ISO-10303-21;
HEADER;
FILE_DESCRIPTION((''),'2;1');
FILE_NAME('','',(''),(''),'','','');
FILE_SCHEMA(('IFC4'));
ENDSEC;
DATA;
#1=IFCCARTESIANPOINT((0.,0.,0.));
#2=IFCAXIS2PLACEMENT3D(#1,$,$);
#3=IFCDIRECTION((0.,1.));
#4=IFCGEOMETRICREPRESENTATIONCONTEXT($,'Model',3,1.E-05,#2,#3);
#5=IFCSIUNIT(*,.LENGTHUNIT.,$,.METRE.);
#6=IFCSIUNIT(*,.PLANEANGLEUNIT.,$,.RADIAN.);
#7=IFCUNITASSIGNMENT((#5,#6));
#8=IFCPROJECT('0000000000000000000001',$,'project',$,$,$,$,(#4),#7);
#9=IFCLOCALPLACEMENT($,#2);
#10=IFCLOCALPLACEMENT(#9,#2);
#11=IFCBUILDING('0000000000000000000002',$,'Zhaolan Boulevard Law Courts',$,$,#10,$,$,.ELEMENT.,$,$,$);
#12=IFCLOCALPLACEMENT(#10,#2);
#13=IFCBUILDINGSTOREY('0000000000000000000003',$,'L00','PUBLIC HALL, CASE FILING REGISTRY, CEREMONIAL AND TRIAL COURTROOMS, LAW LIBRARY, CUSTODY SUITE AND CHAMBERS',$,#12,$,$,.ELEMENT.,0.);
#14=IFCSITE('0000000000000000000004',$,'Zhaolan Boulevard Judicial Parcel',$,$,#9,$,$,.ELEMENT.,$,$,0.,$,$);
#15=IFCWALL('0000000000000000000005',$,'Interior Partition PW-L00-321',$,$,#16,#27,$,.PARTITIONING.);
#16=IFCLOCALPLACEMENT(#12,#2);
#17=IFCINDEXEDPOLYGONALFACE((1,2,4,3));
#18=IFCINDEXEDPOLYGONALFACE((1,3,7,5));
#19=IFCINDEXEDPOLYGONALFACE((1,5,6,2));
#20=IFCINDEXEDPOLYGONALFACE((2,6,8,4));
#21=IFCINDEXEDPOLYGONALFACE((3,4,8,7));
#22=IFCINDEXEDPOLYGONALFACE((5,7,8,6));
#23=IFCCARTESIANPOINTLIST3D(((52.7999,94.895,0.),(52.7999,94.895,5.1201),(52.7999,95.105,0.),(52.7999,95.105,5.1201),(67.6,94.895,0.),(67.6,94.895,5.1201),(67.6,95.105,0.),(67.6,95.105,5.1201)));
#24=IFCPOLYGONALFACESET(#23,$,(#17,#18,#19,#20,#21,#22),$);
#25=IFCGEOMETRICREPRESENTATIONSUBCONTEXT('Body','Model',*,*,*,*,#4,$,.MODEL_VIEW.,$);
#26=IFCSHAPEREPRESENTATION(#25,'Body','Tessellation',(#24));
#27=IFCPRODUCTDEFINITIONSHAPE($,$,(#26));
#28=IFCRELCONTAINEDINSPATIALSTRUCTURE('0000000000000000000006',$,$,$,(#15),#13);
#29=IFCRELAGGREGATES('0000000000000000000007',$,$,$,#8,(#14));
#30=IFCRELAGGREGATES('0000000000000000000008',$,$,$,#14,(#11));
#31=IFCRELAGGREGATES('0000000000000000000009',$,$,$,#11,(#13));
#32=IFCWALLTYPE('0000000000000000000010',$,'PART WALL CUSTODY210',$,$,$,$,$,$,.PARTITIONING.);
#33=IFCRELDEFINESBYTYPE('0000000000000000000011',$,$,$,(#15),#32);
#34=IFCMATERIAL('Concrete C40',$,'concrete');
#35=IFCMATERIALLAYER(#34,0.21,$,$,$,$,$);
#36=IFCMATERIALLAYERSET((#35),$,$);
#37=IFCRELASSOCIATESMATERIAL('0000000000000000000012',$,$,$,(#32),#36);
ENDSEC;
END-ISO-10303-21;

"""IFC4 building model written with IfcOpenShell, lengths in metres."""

from ifc_helpers import new_model, si_unit, direction, frame, frame_2d, origin, place, context, subcontext, project, spatial, rectangle, extrude, material, layer, layer_set, type_object, element, save


model = new_model("IFC4")

# Units and contexts
model_context = context("Model", 3, precision=1e-05, world=origin(), true_north=direction((0.0, 1.0)))
body_context = subcontext(model_context, "Body", "Model", "MODEL_VIEW")
ifc_project = project(units=[si_unit("LENGTHUNIT", "METRE"), si_unit("PLANEANGLEUNIT", "RADIAN")], contexts=[model_context])

# Site, building, storey
site_placement = place(None, origin())
site = spatial("IfcSite", under=ifc_project, at=site_placement, Name="Zhaolan Boulevard Judicial Parcel", CompositionType="ELEMENT", RefElevation=0.0)
building_placement = place(site_placement, origin())
building = spatial("IfcBuilding", under=site, at=building_placement, Name="Zhaolan Boulevard Law Courts", CompositionType="ELEMENT")
storey_placement = place(building_placement, origin())
storey = spatial("IfcBuildingStorey", under=building, at=storey_placement, Name="L00", Description="PUBLIC HALL, CASE FILING REGISTRY, CEREMONIAL AND TRIAL COURTROOMS, LAW LIBRARY, CUSTODY SUITE AND CHAMBERS", CompositionType="ELEMENT", Elevation=0.0)

# Wall
ifc_material_1 = material(Name="Concrete C40", Category="concrete")
ifc_layer_1 = layer(ifc_material_1, 0.21)
ifc_layer_set_1 = layer_set([ifc_layer_1])
wall_type_1 = type_object("IfcWallType", Name="PART WALL CUSTODY210", PredefinedType="PARTITIONING", material=ifc_layer_set_1)
wall_1_placement = place(storey_placement, frame((52.8, 95.0, 0.0), z_axis=(0.0, 0.0, 1.0), x_axis=(1.0, 0.0, 0.0)))
element("IfcWall", 1, at=wall_1_placement, inside=storey, type_object=wall_type_1, Name="Interior Partition PW-L00-321", PredefinedType="PARTITIONING", context=body_context, shape_type="SweptSolid", body=[
    extrude(rectangle(XDim=14.8, YDim=0.21, at=frame_2d((7.3999, 0.0))), origin(), (0.0, 0.0, 1.0), 5.1201),
])

save(model, "model.ifc")
